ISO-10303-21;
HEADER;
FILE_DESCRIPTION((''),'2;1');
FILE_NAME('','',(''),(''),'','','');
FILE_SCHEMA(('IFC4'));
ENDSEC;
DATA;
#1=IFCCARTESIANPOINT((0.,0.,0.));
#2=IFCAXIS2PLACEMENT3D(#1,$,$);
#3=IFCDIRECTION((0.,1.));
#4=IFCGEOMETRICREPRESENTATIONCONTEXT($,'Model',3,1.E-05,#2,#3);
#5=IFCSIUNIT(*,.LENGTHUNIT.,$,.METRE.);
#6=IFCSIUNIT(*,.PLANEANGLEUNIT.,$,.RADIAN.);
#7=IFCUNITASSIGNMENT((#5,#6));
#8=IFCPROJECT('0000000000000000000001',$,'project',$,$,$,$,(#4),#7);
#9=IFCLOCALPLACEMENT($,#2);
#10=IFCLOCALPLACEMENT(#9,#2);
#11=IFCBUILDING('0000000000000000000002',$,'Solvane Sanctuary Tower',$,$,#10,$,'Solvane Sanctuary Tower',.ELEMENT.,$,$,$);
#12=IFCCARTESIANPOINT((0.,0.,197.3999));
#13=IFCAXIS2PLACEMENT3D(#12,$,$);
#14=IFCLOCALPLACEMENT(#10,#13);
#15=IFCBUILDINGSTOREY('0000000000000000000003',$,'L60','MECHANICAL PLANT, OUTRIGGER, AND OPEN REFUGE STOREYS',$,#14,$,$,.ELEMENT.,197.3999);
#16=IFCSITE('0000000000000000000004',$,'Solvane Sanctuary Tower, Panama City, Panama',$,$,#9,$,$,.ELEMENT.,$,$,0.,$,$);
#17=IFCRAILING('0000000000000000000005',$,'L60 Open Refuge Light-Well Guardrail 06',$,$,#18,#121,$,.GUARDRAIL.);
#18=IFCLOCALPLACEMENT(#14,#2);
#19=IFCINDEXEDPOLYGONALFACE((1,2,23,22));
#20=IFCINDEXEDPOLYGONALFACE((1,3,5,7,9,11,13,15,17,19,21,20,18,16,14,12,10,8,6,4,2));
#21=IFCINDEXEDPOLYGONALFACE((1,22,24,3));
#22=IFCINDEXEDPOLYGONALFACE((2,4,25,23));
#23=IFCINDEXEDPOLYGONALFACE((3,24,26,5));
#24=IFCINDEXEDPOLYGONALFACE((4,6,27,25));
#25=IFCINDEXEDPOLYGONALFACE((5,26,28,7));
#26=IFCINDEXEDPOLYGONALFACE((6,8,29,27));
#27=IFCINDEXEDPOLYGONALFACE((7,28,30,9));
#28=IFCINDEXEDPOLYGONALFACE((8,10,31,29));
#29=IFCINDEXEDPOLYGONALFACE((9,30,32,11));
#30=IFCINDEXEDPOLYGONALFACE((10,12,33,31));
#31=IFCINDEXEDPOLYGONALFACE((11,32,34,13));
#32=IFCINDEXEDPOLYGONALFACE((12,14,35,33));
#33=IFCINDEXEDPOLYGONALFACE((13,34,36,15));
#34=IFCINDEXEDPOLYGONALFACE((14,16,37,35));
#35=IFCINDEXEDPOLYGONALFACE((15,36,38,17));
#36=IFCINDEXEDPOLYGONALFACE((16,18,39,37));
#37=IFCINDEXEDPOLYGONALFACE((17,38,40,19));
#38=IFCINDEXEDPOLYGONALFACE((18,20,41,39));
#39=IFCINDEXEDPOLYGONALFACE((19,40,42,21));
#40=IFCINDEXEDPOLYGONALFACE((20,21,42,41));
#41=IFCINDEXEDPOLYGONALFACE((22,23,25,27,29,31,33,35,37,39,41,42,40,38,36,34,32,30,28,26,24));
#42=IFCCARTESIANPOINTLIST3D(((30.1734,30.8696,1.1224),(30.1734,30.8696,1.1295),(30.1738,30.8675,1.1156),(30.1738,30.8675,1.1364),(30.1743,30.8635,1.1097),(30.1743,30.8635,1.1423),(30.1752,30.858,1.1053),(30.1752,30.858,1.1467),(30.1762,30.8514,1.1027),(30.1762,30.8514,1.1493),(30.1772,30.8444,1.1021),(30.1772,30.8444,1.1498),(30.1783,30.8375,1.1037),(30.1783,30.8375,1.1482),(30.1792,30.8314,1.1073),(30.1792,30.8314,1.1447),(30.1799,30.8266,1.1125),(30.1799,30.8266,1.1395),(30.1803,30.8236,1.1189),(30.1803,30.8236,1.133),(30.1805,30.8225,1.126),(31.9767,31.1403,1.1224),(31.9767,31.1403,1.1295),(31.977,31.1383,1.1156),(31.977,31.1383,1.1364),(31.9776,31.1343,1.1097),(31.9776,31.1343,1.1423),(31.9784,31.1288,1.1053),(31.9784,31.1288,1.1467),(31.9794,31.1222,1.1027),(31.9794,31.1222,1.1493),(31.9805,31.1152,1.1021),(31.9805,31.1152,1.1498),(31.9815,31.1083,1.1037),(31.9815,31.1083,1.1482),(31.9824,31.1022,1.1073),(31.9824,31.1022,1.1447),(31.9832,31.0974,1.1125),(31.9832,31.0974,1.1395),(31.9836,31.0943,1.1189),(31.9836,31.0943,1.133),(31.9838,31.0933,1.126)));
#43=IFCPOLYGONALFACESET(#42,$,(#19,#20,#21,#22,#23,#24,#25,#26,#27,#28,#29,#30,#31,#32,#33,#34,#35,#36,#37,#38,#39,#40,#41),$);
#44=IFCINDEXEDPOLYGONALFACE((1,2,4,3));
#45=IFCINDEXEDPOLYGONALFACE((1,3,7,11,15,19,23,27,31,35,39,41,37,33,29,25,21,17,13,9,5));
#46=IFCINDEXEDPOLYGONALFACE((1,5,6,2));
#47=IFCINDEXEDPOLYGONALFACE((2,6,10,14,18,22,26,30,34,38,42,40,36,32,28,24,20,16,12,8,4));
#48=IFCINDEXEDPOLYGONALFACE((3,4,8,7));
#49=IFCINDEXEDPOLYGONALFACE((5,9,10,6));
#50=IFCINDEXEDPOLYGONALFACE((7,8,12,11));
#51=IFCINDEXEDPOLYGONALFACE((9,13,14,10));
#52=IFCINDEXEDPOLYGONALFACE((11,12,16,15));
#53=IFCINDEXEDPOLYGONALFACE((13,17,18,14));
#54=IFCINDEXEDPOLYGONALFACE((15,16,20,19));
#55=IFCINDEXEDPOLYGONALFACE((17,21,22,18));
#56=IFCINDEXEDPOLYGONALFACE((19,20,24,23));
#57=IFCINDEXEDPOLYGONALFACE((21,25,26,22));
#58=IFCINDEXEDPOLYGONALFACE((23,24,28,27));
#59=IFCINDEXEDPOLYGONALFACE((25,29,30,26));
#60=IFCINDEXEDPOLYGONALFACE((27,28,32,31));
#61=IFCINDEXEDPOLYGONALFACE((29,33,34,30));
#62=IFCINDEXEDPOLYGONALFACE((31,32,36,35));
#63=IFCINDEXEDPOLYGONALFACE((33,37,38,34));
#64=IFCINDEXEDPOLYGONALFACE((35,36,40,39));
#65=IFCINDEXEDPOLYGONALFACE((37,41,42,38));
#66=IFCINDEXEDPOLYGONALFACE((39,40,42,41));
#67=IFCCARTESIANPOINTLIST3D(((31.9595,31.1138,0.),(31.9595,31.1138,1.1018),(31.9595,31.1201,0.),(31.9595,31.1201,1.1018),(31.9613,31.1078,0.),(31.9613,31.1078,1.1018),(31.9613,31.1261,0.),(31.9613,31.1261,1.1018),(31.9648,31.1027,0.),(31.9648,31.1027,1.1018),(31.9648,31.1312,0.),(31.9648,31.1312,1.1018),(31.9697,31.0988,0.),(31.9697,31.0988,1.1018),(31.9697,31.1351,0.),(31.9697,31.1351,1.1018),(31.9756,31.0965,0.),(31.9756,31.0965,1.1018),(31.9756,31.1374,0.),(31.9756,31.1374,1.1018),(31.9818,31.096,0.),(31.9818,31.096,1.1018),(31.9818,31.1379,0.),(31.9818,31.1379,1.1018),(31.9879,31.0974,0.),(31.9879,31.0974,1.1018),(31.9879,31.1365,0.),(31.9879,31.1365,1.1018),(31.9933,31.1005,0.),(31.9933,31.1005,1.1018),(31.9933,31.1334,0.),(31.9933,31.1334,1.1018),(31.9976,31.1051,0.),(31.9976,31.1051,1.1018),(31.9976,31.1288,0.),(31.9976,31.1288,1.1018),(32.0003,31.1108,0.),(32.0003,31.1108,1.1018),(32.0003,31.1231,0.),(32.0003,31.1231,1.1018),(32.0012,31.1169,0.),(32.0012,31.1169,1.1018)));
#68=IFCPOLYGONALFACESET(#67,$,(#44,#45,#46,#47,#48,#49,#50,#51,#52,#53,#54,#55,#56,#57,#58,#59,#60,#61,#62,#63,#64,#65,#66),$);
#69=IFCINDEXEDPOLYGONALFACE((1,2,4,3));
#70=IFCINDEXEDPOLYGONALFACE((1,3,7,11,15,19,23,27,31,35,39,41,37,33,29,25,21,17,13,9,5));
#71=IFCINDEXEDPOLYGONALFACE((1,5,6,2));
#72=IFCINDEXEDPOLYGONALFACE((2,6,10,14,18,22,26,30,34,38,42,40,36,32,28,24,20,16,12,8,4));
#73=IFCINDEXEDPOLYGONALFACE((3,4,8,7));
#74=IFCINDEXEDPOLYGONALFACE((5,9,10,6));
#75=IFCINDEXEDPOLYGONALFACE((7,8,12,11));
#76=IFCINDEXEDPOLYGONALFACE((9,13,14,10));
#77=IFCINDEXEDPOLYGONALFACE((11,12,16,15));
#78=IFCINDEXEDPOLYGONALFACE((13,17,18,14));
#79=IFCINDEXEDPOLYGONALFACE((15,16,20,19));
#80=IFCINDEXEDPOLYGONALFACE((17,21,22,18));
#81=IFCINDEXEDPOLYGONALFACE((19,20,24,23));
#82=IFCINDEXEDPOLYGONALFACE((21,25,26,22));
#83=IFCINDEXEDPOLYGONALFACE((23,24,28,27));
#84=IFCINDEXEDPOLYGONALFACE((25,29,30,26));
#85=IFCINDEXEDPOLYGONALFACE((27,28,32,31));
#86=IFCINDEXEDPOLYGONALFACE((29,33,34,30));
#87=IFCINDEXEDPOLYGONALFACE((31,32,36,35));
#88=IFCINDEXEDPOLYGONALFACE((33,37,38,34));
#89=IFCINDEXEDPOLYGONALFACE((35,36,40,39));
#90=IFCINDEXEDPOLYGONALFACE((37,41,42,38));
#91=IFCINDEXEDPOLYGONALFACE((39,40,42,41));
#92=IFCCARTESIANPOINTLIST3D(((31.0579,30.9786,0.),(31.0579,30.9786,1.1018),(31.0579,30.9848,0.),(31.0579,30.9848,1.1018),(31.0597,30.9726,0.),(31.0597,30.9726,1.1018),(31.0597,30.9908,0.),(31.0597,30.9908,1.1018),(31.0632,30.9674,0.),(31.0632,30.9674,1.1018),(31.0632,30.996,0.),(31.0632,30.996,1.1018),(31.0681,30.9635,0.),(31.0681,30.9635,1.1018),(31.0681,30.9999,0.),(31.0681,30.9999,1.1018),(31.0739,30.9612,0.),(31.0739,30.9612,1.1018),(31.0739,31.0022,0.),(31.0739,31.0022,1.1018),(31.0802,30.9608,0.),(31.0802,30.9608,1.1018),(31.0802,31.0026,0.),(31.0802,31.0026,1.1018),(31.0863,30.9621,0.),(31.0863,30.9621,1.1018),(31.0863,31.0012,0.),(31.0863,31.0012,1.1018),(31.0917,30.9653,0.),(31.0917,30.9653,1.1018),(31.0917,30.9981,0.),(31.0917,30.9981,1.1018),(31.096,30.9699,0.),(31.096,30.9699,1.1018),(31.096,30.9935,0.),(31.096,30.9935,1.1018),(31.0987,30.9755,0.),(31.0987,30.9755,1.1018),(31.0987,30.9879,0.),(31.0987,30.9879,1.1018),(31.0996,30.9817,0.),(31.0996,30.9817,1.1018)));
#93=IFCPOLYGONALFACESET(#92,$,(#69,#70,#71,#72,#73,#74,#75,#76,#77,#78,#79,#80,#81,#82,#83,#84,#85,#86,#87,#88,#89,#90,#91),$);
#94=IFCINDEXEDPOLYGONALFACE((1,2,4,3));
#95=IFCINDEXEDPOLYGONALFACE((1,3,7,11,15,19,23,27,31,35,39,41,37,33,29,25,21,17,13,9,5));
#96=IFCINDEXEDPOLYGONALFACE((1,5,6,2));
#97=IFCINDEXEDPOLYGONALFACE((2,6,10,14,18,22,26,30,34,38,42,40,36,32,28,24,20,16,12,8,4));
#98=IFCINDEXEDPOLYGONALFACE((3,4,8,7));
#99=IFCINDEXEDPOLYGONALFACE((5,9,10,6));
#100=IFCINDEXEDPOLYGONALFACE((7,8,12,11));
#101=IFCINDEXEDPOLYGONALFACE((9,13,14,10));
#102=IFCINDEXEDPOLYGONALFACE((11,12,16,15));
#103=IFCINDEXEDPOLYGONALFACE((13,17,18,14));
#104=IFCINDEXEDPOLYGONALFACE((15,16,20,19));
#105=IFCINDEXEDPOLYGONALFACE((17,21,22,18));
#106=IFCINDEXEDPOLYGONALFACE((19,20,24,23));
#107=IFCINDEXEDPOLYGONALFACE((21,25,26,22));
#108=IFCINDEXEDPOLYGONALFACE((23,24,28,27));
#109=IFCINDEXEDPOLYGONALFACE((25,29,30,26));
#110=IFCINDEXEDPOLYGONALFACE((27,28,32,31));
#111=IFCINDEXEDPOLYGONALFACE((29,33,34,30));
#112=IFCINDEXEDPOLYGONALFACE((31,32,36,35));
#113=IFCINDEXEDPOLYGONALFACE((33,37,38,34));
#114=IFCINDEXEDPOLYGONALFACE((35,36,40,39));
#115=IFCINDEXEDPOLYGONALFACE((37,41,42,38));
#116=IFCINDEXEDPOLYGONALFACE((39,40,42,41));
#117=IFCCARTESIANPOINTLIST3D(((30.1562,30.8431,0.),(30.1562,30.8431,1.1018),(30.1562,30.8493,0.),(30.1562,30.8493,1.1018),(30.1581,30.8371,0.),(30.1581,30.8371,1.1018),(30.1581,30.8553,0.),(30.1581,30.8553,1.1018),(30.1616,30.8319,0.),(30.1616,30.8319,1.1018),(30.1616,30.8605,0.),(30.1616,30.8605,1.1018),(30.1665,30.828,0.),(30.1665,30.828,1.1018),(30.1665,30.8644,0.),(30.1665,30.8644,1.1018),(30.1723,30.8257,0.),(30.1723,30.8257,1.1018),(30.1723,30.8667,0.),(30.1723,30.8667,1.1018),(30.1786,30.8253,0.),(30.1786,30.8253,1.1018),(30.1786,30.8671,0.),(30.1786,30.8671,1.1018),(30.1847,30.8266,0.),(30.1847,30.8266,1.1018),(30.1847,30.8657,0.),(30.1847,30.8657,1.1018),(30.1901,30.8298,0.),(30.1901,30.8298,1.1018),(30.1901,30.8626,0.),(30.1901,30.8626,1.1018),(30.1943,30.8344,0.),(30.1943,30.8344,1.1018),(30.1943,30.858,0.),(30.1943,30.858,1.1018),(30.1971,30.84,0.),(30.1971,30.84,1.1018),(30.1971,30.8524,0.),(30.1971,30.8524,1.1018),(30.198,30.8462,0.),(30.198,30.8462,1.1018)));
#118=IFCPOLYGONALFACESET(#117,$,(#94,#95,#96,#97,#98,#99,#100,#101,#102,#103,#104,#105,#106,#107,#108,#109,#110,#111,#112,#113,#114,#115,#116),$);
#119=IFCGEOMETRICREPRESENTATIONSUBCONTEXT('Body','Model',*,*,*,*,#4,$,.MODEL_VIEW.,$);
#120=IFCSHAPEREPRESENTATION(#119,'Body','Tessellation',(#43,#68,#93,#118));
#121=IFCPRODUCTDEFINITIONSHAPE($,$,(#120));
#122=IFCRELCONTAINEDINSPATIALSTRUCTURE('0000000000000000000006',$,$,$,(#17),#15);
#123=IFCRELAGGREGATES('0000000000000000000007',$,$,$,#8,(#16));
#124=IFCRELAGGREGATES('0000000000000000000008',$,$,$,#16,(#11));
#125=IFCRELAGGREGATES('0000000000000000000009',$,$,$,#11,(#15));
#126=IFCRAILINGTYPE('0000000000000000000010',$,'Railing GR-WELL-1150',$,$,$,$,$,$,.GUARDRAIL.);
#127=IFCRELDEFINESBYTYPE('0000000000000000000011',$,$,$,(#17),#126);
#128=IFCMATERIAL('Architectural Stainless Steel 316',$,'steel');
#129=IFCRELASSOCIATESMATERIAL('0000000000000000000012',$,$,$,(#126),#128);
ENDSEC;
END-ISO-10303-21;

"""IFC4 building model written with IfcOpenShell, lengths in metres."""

from ifc_helpers import new_model, si_unit, direction, frame, origin, origin_2d, place, context, subcontext, project, spatial, circle, extrude, material, type_object, element, save


model = new_model("IFC4")

# Units and contexts
model_context = context("Model", 3, precision=1e-05, world=origin(), true_north=direction((0.0, 1.0)))
body_context = subcontext(model_context, "Body", "Model", "MODEL_VIEW")
ifc_project = project(units=[si_unit("LENGTHUNIT", "METRE"), si_unit("PLANEANGLEUNIT", "RADIAN")], contexts=[model_context])

# Site, building, storey
site_placement = place(None, origin())
site = spatial("IfcSite", under=ifc_project, at=site_placement, Name="Solvane Sanctuary Tower, Panama City, Panama", CompositionType="ELEMENT", RefElevation=0.0)
building_placement = place(site_placement, origin())
building = spatial("IfcBuilding", under=site, at=building_placement, Name="Solvane Sanctuary Tower", LongName="Solvane Sanctuary Tower", CompositionType="ELEMENT")
storey_placement = place(building_placement, frame((0.0, 0.0, 197.3999)))
storey = spatial("IfcBuildingStorey", under=building, at=storey_placement, Name="L60", Description="MECHANICAL PLANT, OUTRIGGER, AND OPEN REFUGE STOREYS", CompositionType="ELEMENT", Elevation=197.3999)

# Shared definitions
ifc_material_1 = material(Name="Architectural Stainless Steel 316", Category="steel")

# Railing
railing_type_1 = type_object("IfcRailingType", Name="Railing GR-WELL-1150", PredefinedType="GUARDRAIL", material=ifc_material_1)
railing_1_placement = place(storey_placement, frame((31.9802, 31.1169, 0.0)))
element("IfcRailing", 1, at=railing_1_placement, inside=storey, type_object=railing_type_1, Name="L60 Open Refuge Light-Well Guardrail 06", PredefinedType="GUARDRAIL", context=body_context, shape_type="SweptSolid", body=[
    extrude(circle(Radius=0.0239, at=origin_2d()), frame((0.0, 0.0, 1.126), z_axis=(-0.988915, -0.148484, 0.0), x_axis=(0.148484, -0.988915, 0.0)), (0.0, 0.0, 1.0), 1.8235),
    extrude(circle(Radius=0.021, at=origin_2d()), origin(), (0.0, 0.0, 1.0), 1.1018),
    extrude(circle(Radius=0.021, at=origin_2d()), frame((-0.9016, -0.1353, 0.0)), (0.0, 0.0, 1.0), 1.1018),
    extrude(circle(Radius=0.021, at=origin_2d()), frame((-1.8032, -0.2708, 0.0)), (0.0, 0.0, 1.0), 1.1018),
])

save(model, "model.ifc")
